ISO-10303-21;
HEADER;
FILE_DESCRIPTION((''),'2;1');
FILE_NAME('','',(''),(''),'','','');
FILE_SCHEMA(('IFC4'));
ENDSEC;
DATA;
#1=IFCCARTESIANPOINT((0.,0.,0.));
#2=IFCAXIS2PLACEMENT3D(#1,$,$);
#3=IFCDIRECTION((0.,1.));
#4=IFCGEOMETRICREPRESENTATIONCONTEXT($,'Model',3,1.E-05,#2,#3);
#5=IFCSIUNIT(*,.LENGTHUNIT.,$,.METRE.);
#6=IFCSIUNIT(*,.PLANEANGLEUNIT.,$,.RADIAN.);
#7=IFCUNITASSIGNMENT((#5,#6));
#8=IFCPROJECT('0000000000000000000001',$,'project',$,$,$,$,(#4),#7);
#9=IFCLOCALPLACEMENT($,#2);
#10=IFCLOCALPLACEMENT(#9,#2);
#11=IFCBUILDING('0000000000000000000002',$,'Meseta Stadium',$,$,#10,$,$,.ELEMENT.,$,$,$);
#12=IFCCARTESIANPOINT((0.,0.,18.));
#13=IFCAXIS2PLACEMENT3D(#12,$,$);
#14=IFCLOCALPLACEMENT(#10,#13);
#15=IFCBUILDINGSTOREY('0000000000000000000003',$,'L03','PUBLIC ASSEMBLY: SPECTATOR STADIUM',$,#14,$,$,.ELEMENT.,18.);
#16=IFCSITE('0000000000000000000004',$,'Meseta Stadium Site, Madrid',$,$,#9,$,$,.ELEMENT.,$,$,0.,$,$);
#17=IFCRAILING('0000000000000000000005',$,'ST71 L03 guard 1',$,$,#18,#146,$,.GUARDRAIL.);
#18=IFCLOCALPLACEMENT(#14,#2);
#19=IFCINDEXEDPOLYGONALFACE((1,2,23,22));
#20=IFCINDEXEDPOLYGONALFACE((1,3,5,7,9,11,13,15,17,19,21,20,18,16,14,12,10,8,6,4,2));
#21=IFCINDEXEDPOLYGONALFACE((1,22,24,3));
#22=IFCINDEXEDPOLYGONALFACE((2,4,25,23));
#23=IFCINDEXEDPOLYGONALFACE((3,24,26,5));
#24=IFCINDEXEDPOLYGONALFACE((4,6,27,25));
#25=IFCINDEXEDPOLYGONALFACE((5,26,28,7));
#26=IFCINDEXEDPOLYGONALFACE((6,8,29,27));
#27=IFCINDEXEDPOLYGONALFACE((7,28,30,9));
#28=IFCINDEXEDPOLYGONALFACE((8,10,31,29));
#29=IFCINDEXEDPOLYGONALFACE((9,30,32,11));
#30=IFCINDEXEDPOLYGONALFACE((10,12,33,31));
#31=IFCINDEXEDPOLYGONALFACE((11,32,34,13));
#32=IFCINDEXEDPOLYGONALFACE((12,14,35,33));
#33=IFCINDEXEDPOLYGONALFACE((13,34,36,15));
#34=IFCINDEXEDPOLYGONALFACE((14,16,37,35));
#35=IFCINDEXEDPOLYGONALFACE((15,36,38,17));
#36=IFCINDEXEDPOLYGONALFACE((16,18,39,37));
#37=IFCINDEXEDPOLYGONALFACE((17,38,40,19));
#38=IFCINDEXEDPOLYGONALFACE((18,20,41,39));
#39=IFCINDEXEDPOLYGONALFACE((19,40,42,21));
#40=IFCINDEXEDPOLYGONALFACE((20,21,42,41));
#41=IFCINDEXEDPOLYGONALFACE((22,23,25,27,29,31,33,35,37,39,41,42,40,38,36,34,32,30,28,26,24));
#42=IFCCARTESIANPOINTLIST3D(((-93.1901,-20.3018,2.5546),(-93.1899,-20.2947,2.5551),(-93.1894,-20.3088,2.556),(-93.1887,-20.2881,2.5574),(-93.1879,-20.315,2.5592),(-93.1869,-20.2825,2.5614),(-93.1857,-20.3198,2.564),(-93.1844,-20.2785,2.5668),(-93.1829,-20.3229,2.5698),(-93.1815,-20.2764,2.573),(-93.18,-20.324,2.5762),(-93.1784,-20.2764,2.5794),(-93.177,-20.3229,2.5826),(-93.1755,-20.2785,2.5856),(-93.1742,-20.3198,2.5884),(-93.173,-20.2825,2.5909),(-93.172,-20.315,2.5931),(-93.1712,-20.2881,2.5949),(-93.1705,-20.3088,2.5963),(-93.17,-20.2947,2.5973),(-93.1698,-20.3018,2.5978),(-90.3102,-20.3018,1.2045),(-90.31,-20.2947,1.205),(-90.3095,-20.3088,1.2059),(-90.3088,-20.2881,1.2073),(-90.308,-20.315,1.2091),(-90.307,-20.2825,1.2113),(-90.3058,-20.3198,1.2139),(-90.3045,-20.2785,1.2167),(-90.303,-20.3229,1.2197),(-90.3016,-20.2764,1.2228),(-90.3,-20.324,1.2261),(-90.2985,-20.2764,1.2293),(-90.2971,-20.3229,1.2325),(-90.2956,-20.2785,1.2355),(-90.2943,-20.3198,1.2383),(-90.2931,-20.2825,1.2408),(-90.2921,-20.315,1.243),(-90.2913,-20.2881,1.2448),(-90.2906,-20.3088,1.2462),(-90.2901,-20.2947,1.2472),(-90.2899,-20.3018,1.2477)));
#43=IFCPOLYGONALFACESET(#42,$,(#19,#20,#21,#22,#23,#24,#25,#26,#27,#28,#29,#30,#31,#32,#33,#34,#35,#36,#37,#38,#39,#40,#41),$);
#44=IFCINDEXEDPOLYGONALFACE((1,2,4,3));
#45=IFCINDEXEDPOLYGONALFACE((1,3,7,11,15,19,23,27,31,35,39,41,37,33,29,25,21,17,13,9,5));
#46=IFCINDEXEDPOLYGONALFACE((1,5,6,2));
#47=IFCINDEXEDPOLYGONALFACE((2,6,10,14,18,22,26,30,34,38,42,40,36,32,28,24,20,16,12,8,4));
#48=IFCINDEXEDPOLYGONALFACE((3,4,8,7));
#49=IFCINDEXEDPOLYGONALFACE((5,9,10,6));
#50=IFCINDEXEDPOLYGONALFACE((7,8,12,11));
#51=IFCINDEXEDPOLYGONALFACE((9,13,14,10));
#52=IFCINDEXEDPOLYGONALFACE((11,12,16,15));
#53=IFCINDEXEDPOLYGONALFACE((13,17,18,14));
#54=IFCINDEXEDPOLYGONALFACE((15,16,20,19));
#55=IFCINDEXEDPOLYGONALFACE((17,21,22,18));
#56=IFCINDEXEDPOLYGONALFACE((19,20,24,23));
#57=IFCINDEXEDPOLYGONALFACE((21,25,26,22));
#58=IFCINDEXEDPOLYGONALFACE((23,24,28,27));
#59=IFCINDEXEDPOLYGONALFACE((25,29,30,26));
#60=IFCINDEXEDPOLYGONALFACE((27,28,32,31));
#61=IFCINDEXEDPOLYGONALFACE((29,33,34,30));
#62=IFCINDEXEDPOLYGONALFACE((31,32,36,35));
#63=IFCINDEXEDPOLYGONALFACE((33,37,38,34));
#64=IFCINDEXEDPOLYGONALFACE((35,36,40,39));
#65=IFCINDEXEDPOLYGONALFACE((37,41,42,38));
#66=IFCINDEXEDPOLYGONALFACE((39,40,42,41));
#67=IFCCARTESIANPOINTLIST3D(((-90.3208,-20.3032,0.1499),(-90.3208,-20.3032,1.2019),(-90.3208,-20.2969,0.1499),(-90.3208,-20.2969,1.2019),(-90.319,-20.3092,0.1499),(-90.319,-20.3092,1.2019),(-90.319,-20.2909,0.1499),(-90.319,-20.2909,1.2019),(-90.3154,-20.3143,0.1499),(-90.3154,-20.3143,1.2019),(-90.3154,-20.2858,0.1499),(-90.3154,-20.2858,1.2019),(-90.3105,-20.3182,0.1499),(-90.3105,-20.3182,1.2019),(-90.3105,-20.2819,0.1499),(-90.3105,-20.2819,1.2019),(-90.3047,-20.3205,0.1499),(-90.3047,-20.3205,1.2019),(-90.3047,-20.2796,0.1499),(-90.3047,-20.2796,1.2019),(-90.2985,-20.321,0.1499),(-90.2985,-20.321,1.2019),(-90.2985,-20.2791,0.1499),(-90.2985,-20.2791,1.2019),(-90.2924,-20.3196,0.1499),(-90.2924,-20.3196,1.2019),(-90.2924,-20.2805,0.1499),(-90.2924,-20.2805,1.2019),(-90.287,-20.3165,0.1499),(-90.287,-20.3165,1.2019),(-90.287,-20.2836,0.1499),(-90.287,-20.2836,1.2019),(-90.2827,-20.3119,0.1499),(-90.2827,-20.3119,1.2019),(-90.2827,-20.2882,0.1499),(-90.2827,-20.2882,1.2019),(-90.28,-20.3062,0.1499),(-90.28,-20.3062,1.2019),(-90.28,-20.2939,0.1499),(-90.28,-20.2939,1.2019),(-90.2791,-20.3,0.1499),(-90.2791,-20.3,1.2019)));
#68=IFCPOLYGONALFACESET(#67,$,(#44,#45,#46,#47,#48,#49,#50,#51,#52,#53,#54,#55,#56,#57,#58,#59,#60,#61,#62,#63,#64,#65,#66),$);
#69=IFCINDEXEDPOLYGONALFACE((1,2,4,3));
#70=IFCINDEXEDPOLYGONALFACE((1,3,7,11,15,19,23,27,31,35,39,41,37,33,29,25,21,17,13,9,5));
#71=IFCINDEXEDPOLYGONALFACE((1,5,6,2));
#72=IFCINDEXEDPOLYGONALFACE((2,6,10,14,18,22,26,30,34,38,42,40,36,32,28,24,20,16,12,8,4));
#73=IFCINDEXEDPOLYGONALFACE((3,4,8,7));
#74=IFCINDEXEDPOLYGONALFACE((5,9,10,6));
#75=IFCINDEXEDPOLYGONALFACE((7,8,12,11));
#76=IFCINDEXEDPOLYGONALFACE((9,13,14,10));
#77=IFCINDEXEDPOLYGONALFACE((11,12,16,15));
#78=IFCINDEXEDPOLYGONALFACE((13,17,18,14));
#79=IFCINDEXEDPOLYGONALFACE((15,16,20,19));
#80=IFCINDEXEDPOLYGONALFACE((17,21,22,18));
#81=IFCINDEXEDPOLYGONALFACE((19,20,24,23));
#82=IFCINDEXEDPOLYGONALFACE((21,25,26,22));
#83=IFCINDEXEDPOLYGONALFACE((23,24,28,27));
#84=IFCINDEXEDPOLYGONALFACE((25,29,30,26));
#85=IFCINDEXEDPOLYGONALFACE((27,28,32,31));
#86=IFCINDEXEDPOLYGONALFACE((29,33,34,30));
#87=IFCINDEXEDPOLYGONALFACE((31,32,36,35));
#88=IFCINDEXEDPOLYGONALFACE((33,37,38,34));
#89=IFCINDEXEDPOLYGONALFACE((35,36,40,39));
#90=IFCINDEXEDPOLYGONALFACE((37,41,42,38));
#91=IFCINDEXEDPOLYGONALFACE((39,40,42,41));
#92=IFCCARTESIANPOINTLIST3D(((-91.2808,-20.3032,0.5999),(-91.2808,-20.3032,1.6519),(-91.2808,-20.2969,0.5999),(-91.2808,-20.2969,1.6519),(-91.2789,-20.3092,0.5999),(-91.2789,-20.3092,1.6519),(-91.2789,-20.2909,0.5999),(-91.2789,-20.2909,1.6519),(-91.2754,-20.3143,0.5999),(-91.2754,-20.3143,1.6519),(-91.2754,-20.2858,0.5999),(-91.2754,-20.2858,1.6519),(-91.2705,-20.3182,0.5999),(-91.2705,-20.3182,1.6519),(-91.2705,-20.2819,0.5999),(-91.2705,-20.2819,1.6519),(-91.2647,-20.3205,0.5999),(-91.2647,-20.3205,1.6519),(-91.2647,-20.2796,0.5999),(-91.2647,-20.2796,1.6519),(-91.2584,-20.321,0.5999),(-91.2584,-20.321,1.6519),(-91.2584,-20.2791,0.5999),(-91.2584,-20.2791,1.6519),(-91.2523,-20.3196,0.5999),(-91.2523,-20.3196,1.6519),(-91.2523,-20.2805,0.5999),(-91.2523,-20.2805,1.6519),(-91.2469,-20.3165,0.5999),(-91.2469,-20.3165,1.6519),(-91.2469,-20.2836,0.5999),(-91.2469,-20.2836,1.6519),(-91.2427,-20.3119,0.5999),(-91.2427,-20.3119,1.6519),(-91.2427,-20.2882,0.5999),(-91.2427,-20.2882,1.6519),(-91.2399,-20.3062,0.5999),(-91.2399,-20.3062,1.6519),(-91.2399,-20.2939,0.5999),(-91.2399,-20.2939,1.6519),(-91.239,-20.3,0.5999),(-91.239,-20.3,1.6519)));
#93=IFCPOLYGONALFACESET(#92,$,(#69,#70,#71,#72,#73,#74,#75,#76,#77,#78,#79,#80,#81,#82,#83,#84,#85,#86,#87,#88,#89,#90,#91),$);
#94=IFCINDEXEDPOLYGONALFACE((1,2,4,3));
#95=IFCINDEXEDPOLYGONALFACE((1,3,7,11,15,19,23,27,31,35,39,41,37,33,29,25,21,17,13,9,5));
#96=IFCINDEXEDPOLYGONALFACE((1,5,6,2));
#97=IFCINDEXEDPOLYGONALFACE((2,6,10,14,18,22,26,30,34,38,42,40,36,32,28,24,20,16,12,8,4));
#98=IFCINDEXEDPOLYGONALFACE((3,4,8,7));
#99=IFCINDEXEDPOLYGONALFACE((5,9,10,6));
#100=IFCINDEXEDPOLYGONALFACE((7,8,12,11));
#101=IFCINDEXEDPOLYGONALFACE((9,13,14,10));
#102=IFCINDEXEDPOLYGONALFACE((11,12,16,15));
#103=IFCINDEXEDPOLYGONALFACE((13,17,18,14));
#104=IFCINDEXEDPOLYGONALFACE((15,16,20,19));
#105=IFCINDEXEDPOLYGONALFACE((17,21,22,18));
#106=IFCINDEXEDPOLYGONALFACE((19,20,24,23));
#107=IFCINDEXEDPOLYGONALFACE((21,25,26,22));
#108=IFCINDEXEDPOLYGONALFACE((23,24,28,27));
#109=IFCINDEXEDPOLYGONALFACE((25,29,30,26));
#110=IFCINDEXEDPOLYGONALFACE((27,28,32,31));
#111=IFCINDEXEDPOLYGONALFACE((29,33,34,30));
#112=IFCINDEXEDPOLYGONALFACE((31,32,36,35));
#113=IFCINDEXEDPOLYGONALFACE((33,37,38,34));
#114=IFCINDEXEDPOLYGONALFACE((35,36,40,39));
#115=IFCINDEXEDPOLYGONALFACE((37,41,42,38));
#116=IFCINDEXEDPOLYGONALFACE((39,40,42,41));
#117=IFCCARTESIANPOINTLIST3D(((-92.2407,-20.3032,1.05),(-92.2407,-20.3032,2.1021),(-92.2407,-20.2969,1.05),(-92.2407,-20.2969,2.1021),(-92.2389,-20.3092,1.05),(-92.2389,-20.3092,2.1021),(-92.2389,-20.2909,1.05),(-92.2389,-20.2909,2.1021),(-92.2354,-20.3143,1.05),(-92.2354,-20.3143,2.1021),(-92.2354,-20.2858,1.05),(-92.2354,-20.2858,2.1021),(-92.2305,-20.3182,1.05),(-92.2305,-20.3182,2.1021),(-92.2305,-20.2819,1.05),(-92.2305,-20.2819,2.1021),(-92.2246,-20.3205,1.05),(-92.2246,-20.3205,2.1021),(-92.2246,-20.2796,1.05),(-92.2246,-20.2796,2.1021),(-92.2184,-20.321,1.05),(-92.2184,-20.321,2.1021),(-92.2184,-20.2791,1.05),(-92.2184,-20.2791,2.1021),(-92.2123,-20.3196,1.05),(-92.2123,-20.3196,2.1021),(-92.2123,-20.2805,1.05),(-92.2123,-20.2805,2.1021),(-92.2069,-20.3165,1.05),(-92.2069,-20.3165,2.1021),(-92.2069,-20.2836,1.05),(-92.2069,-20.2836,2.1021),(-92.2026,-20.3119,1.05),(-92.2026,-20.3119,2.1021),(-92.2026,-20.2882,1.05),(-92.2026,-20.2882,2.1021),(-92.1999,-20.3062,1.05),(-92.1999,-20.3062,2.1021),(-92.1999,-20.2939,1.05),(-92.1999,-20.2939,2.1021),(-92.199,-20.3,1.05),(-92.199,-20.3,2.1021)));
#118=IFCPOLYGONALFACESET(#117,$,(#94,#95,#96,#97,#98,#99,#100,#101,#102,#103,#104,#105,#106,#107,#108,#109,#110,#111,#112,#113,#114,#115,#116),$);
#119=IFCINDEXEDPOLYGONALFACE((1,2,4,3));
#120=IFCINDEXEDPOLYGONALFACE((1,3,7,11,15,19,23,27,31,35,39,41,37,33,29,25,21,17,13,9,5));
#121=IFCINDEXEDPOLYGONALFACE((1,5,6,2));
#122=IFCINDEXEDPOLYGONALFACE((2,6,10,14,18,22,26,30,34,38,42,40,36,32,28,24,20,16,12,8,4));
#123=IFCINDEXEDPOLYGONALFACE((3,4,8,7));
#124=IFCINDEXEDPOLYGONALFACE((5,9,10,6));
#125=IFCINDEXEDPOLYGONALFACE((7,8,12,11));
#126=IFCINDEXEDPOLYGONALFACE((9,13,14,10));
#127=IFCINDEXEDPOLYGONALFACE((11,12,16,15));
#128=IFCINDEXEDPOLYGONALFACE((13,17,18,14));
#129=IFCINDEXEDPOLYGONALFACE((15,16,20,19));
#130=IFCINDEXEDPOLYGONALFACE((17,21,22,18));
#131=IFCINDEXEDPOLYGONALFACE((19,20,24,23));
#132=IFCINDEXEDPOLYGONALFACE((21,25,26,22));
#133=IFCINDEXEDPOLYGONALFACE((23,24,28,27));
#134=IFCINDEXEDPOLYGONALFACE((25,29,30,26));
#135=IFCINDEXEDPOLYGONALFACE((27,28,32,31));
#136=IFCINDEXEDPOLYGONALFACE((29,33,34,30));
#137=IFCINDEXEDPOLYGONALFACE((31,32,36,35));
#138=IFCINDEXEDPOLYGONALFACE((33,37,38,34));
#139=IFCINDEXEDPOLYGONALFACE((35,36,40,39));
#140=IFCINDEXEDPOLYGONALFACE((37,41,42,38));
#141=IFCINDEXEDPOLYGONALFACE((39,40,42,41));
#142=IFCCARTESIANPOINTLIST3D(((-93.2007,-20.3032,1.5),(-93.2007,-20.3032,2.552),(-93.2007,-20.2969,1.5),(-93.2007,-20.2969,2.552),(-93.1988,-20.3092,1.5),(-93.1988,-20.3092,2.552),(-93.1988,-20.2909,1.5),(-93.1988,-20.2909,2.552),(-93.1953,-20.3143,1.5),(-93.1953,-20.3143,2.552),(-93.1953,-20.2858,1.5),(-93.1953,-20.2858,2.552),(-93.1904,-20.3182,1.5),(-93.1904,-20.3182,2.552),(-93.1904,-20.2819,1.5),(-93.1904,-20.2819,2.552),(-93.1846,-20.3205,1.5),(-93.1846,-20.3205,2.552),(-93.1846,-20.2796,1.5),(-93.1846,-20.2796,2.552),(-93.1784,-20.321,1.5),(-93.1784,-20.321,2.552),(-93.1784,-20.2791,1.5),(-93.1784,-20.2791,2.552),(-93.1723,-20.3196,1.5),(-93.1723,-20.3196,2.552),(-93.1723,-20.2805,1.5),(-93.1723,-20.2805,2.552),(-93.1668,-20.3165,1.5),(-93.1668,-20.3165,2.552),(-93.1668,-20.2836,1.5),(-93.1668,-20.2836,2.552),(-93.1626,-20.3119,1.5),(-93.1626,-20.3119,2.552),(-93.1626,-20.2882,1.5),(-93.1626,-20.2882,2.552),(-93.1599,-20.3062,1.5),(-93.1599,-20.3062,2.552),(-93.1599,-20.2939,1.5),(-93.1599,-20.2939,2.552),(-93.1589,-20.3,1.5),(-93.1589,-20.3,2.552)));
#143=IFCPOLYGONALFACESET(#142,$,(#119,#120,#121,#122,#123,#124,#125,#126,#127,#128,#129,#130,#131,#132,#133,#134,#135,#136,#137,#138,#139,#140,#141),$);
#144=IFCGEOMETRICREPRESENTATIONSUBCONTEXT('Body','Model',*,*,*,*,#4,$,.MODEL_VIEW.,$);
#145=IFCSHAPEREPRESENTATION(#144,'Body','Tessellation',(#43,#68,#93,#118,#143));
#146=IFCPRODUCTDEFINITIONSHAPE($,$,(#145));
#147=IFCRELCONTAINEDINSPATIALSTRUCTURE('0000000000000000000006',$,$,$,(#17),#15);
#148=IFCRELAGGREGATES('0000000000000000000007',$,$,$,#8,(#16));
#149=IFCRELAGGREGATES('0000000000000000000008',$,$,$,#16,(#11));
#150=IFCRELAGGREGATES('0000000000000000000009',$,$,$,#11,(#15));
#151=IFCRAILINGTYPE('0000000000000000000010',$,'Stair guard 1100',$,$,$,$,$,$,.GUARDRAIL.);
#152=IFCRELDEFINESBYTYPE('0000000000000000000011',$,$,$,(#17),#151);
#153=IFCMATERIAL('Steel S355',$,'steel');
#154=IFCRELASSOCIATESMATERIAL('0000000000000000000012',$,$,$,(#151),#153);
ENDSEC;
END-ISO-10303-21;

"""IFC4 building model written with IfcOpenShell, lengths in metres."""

from ifc_helpers import new_model, si_unit, direction, frame, origin, origin_2d, place, context, subcontext, project, spatial, circle, extrude, material, type_object, element, save


model = new_model("IFC4")

# Units and contexts
model_context = context("Model", 3, precision=1e-05, world=origin(), true_north=direction((0.0, 1.0)))
body_context = subcontext(model_context, "Body", "Model", "MODEL_VIEW")
ifc_project = project(units=[si_unit("LENGTHUNIT", "METRE"), si_unit("PLANEANGLEUNIT", "RADIAN")], contexts=[model_context])

# Site, building, storey
site_placement = place(None, origin())
site = spatial("IfcSite", under=ifc_project, at=site_placement, Name="Meseta Stadium Site, Madrid", CompositionType="ELEMENT", RefElevation=0.0)
building_placement = place(site_placement, origin())
building = spatial("IfcBuilding", under=site, at=building_placement, Name="Meseta Stadium", CompositionType="ELEMENT")
storey_placement = place(building_placement, frame((0.0, 0.0, 18.0)))
storey = spatial("IfcBuildingStorey", under=building, at=storey_placement, Name="L03", Description="PUBLIC ASSEMBLY: SPECTATOR STADIUM", CompositionType="ELEMENT", Elevation=18.0)

# Railing
ifc_material_1 = material(Name="Steel S355", Category="steel")
railing_type_1 = type_object("IfcRailingType", Name="Stair guard 1100", PredefinedType="GUARDRAIL", material=ifc_material_1)
railing_1_placement = place(storey_placement, frame((-90.3, -20.3, 0.1499)))
element("IfcRailing", 1, at=railing_1_placement, inside=storey, type_object=railing_type_1, Name="ST71 L03 guard 1", PredefinedType="GUARDRAIL", context=body_context, shape_type="SweptSolid", body=[
    extrude(circle(Radius=0.0239, at=origin_2d()), frame((0.0, 0.0, 1.0762), z_axis=(-0.90544, 0.0, 0.424473), x_axis=(0.0, -1.0, 0.0)), (0.0, 0.0, 1.0), 3.1807),
    extrude(circle(Radius=0.021, at=origin_2d()), origin(), (0.0, 0.0, 1.0), 1.052),
    extrude(circle(Radius=0.021, at=origin_2d()), frame((-0.96, 0.0, 0.45)), (0.0, 0.0, 1.0), 1.052),
    extrude(circle(Radius=0.021, at=origin_2d()), frame((-1.9199, 0.0, 0.9001)), (0.0, 0.0, 1.0), 1.052),
    extrude(circle(Radius=0.021, at=origin_2d()), frame((-2.8799, 0.0, 1.3501)), (0.0, 0.0, 1.0), 1.052),
])

save(model, "model.ifc")
